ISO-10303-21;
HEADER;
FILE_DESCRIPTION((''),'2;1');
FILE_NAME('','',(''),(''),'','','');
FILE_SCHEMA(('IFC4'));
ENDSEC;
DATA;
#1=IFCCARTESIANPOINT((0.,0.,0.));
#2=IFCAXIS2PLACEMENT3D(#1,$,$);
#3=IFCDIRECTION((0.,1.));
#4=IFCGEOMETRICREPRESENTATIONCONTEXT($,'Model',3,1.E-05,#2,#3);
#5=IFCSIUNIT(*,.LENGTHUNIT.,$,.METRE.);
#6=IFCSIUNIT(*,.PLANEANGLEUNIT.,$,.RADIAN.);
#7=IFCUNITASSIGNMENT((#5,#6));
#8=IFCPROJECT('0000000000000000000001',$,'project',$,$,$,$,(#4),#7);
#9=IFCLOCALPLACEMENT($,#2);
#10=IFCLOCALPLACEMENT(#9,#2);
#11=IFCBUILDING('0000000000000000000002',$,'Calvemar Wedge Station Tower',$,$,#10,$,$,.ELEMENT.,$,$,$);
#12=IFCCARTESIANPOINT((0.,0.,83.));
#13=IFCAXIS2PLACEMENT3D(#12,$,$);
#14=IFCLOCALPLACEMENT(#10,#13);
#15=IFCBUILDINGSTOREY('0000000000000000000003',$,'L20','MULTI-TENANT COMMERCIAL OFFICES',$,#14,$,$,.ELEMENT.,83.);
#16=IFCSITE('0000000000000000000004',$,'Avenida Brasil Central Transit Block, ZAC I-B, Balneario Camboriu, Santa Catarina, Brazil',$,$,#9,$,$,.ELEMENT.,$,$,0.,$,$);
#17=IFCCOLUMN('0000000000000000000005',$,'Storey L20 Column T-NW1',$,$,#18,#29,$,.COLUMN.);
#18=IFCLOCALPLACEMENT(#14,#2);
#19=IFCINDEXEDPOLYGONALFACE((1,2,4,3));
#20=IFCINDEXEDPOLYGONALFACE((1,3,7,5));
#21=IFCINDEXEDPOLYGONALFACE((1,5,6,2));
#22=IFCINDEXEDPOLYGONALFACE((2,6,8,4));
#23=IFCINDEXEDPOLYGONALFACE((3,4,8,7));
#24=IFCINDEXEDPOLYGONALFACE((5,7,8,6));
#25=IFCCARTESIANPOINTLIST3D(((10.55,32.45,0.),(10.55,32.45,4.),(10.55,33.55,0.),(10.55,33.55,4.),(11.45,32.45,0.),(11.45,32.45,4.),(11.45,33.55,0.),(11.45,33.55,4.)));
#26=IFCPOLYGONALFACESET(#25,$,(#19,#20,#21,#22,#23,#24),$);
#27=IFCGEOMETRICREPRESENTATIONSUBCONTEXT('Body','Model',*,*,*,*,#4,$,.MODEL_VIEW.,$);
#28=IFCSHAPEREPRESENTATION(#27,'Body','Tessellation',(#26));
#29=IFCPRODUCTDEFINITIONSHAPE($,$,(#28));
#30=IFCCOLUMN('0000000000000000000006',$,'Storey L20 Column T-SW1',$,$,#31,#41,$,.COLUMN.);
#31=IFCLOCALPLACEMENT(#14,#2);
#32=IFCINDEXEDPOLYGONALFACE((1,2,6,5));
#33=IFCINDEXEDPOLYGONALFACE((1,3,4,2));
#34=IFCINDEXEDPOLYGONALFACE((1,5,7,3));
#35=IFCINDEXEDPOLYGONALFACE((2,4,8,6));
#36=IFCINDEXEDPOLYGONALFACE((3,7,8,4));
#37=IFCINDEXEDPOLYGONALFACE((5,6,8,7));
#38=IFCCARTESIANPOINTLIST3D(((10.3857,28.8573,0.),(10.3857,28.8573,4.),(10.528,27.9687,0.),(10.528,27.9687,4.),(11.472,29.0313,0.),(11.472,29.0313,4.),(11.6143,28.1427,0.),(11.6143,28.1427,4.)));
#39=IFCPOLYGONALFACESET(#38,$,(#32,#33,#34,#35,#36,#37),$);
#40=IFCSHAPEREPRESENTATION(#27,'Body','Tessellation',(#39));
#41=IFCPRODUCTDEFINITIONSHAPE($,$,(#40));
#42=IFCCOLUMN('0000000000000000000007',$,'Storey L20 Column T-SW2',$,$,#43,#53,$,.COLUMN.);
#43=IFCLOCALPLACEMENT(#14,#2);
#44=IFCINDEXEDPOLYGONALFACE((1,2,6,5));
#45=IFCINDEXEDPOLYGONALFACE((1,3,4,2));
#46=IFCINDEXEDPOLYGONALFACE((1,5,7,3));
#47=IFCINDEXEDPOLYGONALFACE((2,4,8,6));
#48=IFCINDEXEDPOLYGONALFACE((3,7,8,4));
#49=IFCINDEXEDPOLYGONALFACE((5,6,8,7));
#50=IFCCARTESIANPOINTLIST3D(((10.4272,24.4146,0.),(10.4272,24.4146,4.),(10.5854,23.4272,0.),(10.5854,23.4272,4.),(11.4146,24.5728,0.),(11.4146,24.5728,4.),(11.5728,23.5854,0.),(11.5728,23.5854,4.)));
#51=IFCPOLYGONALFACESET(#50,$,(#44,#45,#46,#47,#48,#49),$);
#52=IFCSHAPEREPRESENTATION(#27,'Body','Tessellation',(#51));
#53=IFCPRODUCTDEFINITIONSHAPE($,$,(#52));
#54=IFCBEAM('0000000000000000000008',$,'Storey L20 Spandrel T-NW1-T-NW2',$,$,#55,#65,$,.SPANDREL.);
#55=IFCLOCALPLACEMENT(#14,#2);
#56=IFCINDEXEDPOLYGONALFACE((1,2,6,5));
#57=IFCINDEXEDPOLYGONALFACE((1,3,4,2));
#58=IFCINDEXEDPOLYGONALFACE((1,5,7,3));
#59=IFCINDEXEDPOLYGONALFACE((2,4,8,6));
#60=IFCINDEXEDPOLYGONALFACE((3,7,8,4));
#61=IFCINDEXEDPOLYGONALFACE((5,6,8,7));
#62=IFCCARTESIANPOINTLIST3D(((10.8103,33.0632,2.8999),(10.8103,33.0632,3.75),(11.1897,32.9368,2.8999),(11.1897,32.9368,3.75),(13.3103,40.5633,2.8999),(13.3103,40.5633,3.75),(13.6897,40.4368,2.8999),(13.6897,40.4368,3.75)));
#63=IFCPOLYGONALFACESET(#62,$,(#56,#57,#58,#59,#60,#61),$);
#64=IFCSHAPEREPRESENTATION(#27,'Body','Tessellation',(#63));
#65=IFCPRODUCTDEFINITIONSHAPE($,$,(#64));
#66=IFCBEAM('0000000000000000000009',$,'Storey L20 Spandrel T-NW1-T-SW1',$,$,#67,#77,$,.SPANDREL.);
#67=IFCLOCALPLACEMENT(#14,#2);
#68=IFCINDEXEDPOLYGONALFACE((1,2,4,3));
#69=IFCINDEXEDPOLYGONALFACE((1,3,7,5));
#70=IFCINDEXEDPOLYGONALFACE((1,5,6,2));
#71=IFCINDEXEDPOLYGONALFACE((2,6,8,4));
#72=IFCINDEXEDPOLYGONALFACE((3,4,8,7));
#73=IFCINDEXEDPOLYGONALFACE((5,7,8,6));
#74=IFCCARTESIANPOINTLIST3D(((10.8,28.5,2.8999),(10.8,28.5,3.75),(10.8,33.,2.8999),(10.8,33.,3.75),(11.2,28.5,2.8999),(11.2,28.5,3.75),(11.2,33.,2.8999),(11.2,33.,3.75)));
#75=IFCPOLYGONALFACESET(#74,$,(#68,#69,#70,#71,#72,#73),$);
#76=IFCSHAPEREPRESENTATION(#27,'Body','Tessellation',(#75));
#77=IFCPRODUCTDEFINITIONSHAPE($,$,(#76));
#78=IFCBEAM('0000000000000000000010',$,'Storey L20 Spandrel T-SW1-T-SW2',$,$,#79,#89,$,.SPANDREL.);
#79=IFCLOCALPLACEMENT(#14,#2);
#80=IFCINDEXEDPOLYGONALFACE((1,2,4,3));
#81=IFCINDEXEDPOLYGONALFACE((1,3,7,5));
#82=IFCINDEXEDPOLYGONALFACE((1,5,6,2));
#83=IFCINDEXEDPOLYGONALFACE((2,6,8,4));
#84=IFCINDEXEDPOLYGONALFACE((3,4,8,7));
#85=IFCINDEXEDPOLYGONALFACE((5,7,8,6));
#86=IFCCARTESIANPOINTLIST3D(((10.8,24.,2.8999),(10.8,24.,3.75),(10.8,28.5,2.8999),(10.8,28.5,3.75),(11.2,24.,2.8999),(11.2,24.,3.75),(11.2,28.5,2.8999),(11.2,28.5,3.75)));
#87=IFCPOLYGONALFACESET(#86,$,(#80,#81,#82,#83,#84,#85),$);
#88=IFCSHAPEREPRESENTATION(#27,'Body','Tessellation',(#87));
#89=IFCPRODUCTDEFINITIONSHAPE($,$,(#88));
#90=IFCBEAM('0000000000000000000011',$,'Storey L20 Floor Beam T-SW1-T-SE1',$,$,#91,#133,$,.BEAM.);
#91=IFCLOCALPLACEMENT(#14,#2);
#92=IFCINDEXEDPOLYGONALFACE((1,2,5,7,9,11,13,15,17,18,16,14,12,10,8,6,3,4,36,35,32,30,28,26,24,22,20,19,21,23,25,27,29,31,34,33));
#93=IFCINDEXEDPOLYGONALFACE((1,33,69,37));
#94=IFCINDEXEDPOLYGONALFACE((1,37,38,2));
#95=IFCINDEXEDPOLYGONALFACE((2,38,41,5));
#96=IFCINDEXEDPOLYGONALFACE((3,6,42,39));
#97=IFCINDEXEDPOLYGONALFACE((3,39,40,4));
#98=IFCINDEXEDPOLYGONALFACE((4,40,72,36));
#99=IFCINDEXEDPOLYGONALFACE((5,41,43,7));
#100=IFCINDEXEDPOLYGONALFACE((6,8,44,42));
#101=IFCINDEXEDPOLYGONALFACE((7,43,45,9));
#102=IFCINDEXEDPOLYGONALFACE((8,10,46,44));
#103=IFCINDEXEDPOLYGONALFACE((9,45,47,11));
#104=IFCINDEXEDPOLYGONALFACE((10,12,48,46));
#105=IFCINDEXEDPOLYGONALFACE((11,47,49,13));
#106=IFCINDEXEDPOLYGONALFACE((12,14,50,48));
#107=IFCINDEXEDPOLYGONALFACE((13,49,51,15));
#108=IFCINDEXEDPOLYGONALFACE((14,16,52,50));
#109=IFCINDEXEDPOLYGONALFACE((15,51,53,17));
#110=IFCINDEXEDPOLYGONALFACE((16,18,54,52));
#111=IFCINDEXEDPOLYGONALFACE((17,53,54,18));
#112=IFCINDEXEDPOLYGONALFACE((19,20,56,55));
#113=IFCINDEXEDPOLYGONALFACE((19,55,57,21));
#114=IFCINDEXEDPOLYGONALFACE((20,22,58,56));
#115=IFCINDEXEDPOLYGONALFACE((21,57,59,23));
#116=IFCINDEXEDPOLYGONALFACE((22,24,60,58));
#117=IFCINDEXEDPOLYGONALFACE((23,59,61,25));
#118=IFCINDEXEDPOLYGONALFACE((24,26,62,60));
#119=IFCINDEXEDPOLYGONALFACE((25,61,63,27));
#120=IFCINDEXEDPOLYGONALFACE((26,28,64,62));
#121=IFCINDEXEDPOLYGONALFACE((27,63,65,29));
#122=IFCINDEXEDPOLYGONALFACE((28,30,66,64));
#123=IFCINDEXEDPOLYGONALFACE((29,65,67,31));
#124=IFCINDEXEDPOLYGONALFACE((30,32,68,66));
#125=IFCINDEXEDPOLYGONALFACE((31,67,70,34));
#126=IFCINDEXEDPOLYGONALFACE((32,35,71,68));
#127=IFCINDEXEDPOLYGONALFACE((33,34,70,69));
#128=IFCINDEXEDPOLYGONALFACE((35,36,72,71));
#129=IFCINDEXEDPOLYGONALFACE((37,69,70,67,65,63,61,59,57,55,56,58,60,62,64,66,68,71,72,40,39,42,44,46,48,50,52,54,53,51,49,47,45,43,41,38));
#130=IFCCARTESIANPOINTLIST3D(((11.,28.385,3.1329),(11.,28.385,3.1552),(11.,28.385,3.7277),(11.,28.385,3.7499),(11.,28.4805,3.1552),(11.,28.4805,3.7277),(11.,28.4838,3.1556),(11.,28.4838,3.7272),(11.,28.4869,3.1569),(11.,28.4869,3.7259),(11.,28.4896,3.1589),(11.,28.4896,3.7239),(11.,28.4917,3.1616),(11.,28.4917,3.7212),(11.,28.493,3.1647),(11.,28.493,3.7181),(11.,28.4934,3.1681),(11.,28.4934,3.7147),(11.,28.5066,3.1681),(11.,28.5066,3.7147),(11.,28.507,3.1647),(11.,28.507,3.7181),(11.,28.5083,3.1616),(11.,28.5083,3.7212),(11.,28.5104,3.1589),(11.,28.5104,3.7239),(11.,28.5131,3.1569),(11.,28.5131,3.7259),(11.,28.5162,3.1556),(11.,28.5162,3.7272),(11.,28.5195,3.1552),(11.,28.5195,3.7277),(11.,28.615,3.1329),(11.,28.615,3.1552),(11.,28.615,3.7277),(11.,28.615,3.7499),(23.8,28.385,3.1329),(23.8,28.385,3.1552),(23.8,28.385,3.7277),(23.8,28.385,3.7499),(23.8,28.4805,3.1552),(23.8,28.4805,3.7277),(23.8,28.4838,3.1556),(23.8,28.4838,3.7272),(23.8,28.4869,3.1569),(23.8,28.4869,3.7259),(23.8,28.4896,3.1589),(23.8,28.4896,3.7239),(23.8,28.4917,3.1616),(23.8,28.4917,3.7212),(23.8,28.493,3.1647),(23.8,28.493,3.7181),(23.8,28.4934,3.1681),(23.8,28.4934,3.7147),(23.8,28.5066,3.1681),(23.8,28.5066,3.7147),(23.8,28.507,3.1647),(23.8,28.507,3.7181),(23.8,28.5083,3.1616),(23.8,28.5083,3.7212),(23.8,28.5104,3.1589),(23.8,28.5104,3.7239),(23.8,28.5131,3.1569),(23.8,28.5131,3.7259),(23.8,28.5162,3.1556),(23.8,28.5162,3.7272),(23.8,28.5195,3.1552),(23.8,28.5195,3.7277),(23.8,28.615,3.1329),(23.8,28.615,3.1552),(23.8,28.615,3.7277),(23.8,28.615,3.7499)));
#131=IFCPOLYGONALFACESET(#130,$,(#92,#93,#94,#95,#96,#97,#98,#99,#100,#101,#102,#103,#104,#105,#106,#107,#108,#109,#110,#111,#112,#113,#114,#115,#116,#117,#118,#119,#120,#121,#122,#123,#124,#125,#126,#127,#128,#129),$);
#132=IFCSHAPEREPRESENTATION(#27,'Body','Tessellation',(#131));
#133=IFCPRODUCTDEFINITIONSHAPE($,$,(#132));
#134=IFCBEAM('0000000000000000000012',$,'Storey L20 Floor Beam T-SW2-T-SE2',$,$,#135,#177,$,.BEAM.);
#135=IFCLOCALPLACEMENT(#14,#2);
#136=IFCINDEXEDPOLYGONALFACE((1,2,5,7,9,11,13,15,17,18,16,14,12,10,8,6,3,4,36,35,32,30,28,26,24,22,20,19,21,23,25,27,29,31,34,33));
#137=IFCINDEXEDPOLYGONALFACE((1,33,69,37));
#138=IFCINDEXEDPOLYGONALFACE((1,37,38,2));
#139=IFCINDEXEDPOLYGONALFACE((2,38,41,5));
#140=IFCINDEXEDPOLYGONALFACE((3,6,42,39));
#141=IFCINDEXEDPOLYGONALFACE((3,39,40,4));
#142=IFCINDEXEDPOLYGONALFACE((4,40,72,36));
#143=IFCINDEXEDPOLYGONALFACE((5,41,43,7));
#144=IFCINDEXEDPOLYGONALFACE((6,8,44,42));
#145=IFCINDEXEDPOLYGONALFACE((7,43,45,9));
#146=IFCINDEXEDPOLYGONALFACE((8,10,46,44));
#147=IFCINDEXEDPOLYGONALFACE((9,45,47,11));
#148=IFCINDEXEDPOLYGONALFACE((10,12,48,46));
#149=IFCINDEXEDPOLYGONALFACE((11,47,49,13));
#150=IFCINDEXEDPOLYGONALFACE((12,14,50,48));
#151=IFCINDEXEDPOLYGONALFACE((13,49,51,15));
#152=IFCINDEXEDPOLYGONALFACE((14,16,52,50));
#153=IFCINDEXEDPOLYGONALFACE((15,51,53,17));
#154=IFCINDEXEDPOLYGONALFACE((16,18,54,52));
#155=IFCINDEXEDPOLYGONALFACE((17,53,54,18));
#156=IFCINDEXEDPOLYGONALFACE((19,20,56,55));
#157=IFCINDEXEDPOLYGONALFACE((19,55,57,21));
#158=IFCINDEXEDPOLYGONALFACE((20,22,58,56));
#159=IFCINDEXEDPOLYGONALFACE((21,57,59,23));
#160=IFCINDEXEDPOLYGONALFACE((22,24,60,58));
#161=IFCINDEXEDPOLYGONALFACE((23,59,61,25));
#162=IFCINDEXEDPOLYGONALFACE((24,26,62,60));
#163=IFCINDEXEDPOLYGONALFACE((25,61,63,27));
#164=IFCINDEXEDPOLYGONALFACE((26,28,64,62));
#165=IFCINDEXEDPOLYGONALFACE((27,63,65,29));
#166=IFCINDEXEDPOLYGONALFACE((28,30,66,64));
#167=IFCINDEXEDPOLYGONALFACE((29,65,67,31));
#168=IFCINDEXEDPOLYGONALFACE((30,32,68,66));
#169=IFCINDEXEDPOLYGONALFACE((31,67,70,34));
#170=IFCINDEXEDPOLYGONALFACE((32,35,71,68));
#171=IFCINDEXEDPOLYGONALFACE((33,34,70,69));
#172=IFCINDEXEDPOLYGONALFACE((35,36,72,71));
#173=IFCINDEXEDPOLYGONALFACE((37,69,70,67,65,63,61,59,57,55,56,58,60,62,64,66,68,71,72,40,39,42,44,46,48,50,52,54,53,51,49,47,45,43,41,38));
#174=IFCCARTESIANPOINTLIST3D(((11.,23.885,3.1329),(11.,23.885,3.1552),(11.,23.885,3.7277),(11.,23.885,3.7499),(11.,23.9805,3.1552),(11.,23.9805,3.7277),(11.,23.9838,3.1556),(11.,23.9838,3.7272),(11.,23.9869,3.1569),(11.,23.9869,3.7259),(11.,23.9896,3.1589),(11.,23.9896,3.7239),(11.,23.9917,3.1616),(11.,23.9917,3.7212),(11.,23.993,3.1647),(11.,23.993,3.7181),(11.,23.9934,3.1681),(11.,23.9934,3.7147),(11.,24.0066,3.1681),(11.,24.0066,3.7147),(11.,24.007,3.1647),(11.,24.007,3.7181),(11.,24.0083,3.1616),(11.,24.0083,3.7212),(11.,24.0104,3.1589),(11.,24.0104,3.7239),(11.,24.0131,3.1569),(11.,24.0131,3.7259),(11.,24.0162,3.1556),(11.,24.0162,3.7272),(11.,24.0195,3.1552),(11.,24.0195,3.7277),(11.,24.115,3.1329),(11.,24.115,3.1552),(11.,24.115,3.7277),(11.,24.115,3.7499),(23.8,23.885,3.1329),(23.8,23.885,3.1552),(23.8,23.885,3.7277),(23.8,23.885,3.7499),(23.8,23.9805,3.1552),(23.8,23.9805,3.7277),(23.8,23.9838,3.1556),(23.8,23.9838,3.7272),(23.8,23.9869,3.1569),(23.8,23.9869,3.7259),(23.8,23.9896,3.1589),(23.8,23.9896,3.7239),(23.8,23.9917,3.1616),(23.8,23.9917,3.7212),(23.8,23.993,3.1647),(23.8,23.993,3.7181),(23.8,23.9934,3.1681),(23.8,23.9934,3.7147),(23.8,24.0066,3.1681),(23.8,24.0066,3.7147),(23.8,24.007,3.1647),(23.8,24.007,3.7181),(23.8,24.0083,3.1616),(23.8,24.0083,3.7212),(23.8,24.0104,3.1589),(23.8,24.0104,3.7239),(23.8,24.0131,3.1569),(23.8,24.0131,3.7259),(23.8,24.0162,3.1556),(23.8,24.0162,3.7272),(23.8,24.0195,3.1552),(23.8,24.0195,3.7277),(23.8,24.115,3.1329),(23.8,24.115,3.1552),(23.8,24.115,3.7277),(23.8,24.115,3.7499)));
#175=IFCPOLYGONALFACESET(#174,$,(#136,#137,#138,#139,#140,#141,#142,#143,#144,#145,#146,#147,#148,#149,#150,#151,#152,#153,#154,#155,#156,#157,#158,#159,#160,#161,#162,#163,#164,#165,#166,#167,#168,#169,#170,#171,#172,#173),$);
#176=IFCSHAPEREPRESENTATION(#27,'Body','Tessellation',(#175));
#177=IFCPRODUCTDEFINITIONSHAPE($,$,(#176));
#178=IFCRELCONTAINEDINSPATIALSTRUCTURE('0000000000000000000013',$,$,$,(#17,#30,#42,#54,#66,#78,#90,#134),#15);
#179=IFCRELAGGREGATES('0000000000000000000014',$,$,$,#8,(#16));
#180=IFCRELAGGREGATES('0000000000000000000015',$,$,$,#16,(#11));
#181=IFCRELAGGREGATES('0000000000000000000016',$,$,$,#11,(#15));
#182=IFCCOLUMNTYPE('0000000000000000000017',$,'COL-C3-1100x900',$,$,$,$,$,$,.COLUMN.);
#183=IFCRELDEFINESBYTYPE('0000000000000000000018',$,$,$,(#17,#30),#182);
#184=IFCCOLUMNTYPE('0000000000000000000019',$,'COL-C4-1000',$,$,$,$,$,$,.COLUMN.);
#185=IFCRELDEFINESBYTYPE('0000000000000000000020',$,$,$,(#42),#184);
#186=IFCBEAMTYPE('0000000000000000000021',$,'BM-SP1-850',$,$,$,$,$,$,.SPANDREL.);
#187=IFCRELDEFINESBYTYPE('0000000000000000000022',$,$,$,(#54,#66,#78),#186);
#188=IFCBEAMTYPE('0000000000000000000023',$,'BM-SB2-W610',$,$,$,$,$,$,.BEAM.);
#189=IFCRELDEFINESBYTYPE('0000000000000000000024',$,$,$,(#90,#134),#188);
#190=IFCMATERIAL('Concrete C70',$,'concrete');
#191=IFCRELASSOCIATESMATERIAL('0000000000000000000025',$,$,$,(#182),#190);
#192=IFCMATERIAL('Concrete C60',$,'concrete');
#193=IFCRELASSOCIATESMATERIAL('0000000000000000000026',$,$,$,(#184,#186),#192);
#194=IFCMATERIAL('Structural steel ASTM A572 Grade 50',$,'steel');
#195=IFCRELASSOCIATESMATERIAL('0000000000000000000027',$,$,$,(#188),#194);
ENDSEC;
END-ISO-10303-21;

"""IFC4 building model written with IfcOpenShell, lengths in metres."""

from ifc_helpers import new_model, si_unit, direction, frame, origin, origin_2d, place, context, subcontext, project, spatial, rectangle, i_section, extrude, source, transform, mapped, material, material_profile, profile_set, type_object, element, save


model = new_model("IFC4")

# Units and contexts
model_context = context("Model", 3, precision=1e-05, world=origin(), true_north=direction((0.0, 1.0)))
body_context = subcontext(model_context, "Body", "Model", "MODEL_VIEW")
ifc_project = project(units=[si_unit("LENGTHUNIT", "METRE"), si_unit("PLANEANGLEUNIT", "RADIAN")], contexts=[model_context])

# Site, building, storey
site_placement = place(None, origin())
site = spatial("IfcSite", under=ifc_project, at=site_placement, Name="Avenida Brasil Central Transit Block, ZAC I-B, Balneario Camboriu, Santa Catarina, Brazil", CompositionType="ELEMENT", RefElevation=0.0)
building_placement = place(site_placement, origin())
building = spatial("IfcBuilding", under=site, at=building_placement, Name="Calvemar Wedge Station Tower", CompositionType="ELEMENT")
storey_placement = place(building_placement, frame((0.0, 0.0, 83.0)))
storey = spatial("IfcBuildingStorey", under=building, at=storey_placement, Name="L20", Description="MULTI-TENANT COMMERCIAL OFFICES", CompositionType="ELEMENT", Elevation=83.0)

# Columns
ifc_material_1 = material(Name="Concrete C70", Category="concrete")
ifc_material_profile_1 = material_profile(ifc_material_1, rectangle(XDim=0.8999, YDim=1.1001, at=origin_2d()), Name="RC1100x900")
ifc_profile_set_1 = profile_set([ifc_material_profile_1], Name="Concrete C70")
column_type_1 = type_object("IfcColumnType", Name="COL-C3-1100x900", PredefinedType="COLUMN", material=ifc_profile_set_1)
shared_shape_1 = source(origin(), body_context, "Body", "SweptSolid", [
    extrude(rectangle(XDim=0.8999, YDim=1.1001, at=origin_2d()), origin(), (0.0, 0.0, 1.0), 4.0),
])
for number, where, z_axis, x_axis, name in (
    (1, (11.0, 33.0, 0.0), (0.0, 0.0, 1.0), (1.0, 0.0, 0.0), "Storey L20 Column T-NW1"),
    (2, (11.0, 28.5, 0.0), (0.0, 0.0, 1.0), (0.158158, -0.987414, 0.0), "Storey L20 Column T-SW1"),
):
    element("IfcColumn", number, at=place(storey_placement, frame(where, z_axis=z_axis, x_axis=x_axis)), inside=storey, type_object=column_type_1, Name=name, PredefinedType="COLUMN", context=body_context, shape_type="MappedRepresentation", body=[
        mapped(shared_shape_1, transform((0.0, 0.0, 0.0), scale=1.0)),
    ])
ifc_material_2 = material(Name="Concrete C60", Category="concrete")
ifc_material_profile_2 = material_profile(ifc_material_2, rectangle(XDim=1.0, YDim=1.0, at=origin_2d()), Name="RC1000x1000")
ifc_profile_set_2 = profile_set([ifc_material_profile_2], Name="Concrete C60")
column_type_2 = type_object("IfcColumnType", Name="COL-C4-1000", PredefinedType="COLUMN", material=ifc_profile_set_2)
shared_shape_2 = source(origin(), body_context, "Body", "SweptSolid", [
    extrude(rectangle(XDim=1.0, YDim=1.0, at=origin_2d()), origin(), (0.0, 0.0, 1.0), 4.0),
])
column_placement = place(storey_placement, frame((11.0, 24.0, 0.0), z_axis=(0.0, 0.0, 1.0), x_axis=(0.158158, -0.987414, 0.0)))
element("IfcColumn", 3, at=column_placement, inside=storey, type_object=column_type_2, Name="Storey L20 Column T-SW2", PredefinedType="COLUMN", context=body_context, shape_type="MappedRepresentation", body=[
    mapped(shared_shape_2, transform((0.0, 0.0, 0.0), scale=1.0)),
])

# Beams
ifc_material_profile_3 = material_profile(ifc_material_2, rectangle(XDim=0.3999, YDim=0.8501, at=origin_2d()), Name="RC400x850")
ifc_profile_set_3 = profile_set([ifc_material_profile_3], Name="Concrete C60")
beam_type_1 = type_object("IfcBeamType", Name="BM-SP1-850", PredefinedType="SPANDREL", material=ifc_profile_set_3)
shared_shape_3 = source(origin(), body_context, "Body", "SweptSolid", [
    extrude(rectangle(XDim=0.3999, YDim=0.8501, at=origin_2d()), origin(), (0.0, 0.0, 1.0), 7.9058),
])
beam_1_placement = place(storey_placement, frame((11.0, 33.0, 3.325), z_axis=(0.316228, 0.948683, 0.0), x_axis=(-0.948683, 0.316228, 0.0)))
element("IfcBeam", 4, at=beam_1_placement, inside=storey, type_object=beam_type_1, Name="Storey L20 Spandrel T-NW1-T-NW2", PredefinedType="SPANDREL", context=body_context, shape_type="MappedRepresentation", body=[
    mapped(shared_shape_3, transform((0.0, 0.0, 0.0), scale=1.0)),
])
shared_shape_4 = source(origin(), body_context, "Body", "SweptSolid", [
    extrude(rectangle(XDim=0.3999, YDim=0.8501, at=origin_2d()), origin(), (0.0, 0.0, 1.0), 4.5),
])
for number, where, z_axis, x_axis, name in (
    (5, (11.0, 33.0, 3.325), (0.0, -1.0, 0.0), (1.0, 0.0, 0.0), "Storey L20 Spandrel T-NW1-T-SW1"),
    (6, (11.0, 28.5, 3.325), (0.0, -1.0, 0.0), (1.0, 0.0, 0.0), "Storey L20 Spandrel T-SW1-T-SW2"),
):
    element("IfcBeam", number, at=place(storey_placement, frame(where, z_axis=z_axis, x_axis=x_axis)), inside=storey, type_object=beam_type_1, Name=name, PredefinedType="SPANDREL", context=body_context, shape_type="MappedRepresentation", body=[
        mapped(shared_shape_4, transform((0.0, 0.0, 0.0), scale=1.0)),
    ])
ifc_material_3 = material(Name="Structural steel ASTM A572 Grade 50", Category="steel")
ifc_material_profile_4 = material_profile(ifc_material_3, i_section(OverallWidth=0.23, OverallDepth=0.6169, WebThickness=0.0132, FlangeThickness=0.0222, FilletRadius=0.0129, at=origin_2d()), Name="W610x140")
ifc_profile_set_4 = profile_set([ifc_material_profile_4], Name="Structural steel ASTM A572 Grade 50")
beam_type_2 = type_object("IfcBeamType", Name="BM-SB2-W610", PredefinedType="BEAM", material=ifc_profile_set_4)
shared_shape_5 = source(origin(), body_context, "Body", "SweptSolid", [
    extrude(i_section(OverallWidth=0.23, OverallDepth=0.6169, WebThickness=0.0132, FlangeThickness=0.0222, FilletRadius=0.0129, at=origin_2d()), origin(), (0.0, 0.0, 1.0), 12.8),
])
for number, where, z_axis, x_axis, name in (
    (7, (11.0, 28.5, 3.4414), (1.0, 0.0, 0.0), (0.0, 1.0, 0.0), "Storey L20 Floor Beam T-SW1-T-SE1"),
    (8, (11.0, 24.0, 3.4414), (1.0, 0.0, 0.0), (0.0, 1.0, 0.0), "Storey L20 Floor Beam T-SW2-T-SE2"),
):
    element("IfcBeam", number, at=place(storey_placement, frame(where, z_axis=z_axis, x_axis=x_axis)), inside=storey, type_object=beam_type_2, Name=name, PredefinedType="BEAM", context=body_context, shape_type="MappedRepresentation", body=[
        mapped(shared_shape_5, transform((0.0, 0.0, 0.0), scale=1.0)),
    ])

save(model, "model.ifc")
